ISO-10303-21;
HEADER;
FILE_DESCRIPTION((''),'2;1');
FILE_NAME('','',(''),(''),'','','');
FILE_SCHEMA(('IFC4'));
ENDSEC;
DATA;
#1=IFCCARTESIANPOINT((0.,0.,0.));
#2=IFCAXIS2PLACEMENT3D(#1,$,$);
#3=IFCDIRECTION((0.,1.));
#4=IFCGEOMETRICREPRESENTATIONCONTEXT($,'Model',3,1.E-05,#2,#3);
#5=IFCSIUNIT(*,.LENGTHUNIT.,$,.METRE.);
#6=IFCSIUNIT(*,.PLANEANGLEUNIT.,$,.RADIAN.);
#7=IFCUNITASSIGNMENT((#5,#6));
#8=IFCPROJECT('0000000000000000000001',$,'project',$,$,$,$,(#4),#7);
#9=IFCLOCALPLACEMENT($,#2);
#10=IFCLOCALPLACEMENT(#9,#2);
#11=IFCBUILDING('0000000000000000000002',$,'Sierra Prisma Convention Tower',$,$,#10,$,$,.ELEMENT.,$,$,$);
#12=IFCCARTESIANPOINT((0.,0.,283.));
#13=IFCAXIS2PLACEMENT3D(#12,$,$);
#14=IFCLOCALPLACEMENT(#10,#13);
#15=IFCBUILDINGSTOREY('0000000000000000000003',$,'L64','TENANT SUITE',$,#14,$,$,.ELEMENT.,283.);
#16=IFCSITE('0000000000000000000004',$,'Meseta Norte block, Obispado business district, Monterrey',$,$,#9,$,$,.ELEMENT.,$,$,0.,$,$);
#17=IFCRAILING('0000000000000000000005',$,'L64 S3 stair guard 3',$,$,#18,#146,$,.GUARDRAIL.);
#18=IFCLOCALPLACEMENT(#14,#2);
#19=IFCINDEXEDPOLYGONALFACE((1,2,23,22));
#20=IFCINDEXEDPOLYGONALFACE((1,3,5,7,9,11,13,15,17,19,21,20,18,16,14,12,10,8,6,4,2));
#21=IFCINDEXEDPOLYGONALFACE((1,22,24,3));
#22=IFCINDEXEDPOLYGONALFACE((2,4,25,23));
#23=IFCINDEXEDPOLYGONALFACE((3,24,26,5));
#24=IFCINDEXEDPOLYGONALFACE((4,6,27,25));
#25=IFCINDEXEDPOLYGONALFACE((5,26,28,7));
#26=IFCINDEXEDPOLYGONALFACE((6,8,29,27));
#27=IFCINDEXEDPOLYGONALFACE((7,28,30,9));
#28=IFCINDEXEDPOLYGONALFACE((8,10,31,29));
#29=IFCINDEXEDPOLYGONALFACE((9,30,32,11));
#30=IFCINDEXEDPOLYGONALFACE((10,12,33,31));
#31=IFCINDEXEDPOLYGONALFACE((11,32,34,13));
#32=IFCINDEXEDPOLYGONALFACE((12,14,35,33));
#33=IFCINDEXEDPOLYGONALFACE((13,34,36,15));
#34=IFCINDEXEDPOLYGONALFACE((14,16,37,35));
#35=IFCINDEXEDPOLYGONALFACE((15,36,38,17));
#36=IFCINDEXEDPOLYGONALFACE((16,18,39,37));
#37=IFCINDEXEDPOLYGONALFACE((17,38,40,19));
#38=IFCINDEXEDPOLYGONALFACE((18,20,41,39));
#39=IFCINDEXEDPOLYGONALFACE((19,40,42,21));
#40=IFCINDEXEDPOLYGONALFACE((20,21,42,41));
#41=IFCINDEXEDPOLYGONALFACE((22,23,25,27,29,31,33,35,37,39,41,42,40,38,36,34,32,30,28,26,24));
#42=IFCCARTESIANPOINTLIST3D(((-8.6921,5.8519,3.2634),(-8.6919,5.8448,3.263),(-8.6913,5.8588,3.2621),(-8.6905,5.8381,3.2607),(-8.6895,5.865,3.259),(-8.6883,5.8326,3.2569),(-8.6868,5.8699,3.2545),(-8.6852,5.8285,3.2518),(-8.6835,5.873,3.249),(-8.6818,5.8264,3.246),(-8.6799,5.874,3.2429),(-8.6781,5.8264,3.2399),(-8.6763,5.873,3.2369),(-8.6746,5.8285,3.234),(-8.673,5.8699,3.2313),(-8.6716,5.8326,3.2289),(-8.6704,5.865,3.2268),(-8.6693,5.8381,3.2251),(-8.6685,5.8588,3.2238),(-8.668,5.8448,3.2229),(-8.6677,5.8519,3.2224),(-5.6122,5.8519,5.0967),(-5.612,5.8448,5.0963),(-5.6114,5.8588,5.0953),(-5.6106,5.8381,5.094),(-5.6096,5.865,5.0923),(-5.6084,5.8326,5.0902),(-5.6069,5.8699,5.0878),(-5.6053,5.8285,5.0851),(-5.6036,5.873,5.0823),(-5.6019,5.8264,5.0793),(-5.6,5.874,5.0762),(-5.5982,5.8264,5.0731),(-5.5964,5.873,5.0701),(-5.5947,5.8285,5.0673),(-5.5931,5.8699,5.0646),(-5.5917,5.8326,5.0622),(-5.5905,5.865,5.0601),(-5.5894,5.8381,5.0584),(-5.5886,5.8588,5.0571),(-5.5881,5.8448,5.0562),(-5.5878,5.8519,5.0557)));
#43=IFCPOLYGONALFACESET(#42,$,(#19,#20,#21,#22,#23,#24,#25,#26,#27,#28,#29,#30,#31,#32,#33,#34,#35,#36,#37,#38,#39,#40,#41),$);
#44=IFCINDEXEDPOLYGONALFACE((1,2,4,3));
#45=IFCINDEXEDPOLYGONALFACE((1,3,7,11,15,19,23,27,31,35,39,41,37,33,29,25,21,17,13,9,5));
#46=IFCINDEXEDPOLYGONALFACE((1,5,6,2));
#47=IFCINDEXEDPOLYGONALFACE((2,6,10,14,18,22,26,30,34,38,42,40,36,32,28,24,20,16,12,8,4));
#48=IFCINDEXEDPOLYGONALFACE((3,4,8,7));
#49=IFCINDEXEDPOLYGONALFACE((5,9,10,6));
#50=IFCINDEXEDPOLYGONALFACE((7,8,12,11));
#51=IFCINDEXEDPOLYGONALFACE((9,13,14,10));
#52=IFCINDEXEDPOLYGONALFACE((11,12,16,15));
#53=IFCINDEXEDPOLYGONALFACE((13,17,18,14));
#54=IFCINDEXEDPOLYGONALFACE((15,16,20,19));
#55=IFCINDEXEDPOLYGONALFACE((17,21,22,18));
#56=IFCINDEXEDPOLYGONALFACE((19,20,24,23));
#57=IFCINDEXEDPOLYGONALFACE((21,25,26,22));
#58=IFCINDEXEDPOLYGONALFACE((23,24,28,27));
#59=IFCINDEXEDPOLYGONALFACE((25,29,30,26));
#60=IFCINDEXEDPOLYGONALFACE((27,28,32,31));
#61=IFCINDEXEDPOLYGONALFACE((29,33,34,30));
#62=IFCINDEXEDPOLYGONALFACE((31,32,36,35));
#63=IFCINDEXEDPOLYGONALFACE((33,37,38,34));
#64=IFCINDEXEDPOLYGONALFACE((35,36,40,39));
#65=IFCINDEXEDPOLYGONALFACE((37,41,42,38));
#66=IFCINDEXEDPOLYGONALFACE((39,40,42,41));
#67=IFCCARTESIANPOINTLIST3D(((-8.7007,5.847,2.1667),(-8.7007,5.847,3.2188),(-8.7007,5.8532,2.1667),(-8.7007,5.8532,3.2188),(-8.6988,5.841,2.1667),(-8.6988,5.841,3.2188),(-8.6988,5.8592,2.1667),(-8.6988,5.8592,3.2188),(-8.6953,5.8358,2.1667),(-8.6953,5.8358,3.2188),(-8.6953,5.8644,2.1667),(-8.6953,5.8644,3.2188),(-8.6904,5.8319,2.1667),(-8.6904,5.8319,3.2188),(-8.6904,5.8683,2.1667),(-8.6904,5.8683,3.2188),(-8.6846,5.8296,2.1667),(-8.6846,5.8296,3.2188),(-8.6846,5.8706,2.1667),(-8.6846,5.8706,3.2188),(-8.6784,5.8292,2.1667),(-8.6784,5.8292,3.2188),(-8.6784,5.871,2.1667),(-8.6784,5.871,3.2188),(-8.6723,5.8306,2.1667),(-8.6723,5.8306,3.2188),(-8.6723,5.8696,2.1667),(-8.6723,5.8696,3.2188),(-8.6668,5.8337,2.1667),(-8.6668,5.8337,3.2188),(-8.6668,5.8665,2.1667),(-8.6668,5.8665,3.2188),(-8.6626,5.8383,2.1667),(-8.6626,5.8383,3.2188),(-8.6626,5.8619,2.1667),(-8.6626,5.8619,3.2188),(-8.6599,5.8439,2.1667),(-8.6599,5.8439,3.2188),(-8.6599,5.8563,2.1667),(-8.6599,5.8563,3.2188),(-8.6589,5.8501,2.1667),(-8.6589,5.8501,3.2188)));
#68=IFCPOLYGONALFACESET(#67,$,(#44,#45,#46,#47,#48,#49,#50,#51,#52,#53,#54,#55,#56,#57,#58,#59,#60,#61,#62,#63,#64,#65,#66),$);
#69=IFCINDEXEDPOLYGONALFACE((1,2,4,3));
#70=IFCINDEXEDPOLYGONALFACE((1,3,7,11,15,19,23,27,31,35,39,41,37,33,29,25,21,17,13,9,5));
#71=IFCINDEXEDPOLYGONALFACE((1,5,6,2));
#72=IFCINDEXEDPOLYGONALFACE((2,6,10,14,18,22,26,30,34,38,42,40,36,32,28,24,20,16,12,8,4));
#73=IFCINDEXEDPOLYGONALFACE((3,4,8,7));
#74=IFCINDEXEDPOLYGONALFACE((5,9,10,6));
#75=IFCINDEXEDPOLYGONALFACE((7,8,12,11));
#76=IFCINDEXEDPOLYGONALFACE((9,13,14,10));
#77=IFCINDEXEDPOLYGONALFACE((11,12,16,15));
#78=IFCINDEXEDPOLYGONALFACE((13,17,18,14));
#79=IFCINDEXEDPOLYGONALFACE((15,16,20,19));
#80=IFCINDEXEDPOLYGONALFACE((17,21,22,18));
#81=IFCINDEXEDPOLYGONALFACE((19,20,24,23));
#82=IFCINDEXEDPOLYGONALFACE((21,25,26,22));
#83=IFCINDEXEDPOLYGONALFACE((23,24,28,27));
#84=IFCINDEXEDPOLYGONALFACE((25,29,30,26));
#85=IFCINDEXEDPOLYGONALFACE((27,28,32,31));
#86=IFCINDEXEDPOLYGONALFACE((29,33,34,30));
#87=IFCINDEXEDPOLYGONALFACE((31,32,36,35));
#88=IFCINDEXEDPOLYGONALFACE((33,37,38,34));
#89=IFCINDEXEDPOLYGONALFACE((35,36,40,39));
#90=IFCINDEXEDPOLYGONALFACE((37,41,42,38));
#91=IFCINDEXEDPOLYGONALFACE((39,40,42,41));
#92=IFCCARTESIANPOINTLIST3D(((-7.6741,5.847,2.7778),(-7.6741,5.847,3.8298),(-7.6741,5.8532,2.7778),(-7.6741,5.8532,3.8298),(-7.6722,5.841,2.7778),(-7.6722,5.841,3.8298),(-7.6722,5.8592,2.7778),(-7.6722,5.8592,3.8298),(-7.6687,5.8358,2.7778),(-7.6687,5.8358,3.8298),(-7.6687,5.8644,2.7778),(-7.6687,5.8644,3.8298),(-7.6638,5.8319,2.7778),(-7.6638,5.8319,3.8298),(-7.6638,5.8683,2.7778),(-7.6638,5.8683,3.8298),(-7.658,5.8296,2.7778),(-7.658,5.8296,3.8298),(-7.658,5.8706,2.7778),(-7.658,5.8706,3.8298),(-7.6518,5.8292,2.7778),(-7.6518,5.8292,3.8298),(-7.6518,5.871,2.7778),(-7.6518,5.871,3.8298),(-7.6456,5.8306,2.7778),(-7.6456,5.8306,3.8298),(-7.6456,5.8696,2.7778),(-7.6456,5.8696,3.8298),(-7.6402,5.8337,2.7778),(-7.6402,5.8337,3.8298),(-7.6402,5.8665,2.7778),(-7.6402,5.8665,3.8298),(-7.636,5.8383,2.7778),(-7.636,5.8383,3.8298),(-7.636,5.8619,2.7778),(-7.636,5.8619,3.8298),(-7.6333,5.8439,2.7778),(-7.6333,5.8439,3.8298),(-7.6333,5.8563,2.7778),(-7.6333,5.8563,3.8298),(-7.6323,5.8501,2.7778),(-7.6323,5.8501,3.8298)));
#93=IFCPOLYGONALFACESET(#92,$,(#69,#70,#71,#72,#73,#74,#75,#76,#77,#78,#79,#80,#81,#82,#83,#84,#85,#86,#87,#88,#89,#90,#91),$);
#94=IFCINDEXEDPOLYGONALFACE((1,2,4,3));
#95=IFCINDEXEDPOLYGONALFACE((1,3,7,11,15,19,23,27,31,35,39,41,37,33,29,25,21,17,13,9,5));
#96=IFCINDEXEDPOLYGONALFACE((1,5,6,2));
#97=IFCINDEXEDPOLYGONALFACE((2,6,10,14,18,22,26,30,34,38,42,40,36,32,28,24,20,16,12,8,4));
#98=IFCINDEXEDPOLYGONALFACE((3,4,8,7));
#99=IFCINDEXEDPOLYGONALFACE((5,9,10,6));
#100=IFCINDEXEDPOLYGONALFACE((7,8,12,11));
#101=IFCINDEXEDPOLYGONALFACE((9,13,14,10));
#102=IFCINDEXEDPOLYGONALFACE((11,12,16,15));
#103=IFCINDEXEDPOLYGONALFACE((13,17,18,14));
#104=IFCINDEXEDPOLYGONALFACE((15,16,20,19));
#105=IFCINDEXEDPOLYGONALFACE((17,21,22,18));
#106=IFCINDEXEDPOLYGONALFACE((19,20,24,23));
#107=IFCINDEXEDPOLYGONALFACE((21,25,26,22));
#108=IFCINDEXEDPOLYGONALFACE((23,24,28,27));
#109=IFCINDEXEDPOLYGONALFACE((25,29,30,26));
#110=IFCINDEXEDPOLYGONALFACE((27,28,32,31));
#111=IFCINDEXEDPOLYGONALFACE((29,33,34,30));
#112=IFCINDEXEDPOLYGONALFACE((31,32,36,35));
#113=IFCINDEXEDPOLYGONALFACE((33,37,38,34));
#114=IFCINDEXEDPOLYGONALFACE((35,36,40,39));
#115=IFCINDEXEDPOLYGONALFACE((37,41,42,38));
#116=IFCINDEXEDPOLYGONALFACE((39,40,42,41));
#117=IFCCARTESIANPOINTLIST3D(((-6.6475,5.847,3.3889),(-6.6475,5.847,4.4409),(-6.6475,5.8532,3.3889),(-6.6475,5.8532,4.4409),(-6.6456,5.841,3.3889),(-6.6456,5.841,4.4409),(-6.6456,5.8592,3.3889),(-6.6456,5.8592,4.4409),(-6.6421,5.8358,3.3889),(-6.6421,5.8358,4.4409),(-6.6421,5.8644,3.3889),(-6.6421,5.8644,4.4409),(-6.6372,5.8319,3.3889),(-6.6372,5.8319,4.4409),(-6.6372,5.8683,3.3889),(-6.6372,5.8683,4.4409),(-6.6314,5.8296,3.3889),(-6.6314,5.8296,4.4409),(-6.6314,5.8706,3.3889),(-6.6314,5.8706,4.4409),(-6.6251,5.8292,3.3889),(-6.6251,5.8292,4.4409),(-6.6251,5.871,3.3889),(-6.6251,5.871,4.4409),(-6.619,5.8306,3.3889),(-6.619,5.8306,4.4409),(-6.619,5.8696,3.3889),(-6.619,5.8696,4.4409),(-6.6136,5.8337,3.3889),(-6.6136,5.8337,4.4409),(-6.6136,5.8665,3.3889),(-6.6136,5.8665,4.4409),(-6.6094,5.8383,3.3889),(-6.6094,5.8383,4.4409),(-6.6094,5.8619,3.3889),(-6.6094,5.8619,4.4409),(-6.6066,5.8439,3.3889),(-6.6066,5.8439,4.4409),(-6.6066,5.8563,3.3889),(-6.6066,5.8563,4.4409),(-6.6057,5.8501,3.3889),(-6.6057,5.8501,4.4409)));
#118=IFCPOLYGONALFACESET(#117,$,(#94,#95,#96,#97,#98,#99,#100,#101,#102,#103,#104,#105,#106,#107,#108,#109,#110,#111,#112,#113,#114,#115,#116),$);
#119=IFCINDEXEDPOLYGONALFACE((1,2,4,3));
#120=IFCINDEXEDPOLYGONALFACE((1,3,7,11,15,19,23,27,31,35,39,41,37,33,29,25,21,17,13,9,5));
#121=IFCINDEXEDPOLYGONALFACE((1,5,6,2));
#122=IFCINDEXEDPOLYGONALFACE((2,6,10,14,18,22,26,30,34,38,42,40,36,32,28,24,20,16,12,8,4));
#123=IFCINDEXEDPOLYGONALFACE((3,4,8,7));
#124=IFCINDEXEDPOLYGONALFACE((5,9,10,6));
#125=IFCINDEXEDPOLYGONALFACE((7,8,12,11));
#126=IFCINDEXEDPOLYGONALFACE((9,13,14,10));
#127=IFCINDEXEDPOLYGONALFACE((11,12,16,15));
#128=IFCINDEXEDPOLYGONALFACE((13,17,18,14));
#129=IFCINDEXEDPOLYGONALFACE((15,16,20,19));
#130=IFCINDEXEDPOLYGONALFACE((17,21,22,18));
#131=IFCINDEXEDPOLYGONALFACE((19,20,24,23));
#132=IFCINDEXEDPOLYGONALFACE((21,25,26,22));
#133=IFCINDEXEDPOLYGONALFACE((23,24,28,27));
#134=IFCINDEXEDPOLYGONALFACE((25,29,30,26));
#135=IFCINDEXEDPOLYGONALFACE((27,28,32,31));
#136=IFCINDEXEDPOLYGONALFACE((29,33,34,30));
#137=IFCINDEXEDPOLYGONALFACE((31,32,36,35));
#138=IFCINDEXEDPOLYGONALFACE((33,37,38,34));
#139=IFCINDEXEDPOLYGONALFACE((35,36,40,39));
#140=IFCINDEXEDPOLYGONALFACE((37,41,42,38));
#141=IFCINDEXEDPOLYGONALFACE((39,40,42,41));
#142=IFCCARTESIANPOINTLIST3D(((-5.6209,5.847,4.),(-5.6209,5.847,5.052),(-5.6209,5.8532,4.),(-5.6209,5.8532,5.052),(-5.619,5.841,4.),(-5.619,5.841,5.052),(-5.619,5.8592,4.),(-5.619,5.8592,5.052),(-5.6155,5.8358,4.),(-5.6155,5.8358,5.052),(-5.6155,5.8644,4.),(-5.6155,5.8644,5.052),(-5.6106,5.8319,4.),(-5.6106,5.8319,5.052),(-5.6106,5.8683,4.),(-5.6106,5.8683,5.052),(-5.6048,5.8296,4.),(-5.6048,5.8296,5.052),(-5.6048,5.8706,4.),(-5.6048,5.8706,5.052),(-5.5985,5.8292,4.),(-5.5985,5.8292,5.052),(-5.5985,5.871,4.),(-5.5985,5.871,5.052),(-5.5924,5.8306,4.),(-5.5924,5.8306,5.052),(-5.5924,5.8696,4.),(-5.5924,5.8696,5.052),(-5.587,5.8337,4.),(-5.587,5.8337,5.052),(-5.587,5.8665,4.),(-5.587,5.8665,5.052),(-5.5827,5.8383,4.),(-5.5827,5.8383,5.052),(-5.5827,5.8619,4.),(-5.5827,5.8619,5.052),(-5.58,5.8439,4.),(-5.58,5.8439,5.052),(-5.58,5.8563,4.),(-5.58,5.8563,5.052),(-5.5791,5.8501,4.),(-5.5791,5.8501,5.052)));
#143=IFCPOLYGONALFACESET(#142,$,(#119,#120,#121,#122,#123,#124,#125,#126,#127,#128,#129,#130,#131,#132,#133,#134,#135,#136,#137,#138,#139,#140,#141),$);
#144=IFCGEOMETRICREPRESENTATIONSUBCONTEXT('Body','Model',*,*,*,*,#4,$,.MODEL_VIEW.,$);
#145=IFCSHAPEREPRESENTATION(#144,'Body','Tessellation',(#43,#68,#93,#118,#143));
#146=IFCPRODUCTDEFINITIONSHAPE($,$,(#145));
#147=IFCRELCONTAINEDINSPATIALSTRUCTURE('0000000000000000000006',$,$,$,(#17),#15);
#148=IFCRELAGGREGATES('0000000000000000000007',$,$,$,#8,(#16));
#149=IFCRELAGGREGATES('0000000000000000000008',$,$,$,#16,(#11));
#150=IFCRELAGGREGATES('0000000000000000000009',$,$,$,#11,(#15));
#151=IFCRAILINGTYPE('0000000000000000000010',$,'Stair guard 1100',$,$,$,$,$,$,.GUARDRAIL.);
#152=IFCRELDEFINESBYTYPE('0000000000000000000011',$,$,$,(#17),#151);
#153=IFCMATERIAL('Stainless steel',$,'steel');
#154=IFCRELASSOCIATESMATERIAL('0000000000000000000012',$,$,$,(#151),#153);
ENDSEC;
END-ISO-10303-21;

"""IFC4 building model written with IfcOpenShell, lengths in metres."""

from ifc_helpers import new_model, si_unit, direction, frame, origin, origin_2d, place, context, subcontext, project, spatial, circle, extrude, material, type_object, element, save


model = new_model("IFC4")

# Units and contexts
model_context = context("Model", 3, precision=1e-05, world=origin(), true_north=direction((0.0, 1.0)))
body_context = subcontext(model_context, "Body", "Model", "MODEL_VIEW")
ifc_project = project(units=[si_unit("LENGTHUNIT", "METRE"), si_unit("PLANEANGLEUNIT", "RADIAN")], contexts=[model_context])

# Site, building, storey
site_placement = place(None, origin())
site = spatial("IfcSite", under=ifc_project, at=site_placement, Name="Meseta Norte block, Obispado business district, Monterrey", CompositionType="ELEMENT", RefElevation=0.0)
building_placement = place(site_placement, origin())
building = spatial("IfcBuilding", under=site, at=building_placement, Name="Sierra Prisma Convention Tower", CompositionType="ELEMENT")
storey_placement = place(building_placement, frame((0.0, 0.0, 283.0)))
storey = spatial("IfcBuildingStorey", under=building, at=storey_placement, Name="L64", Description="TENANT SUITE", CompositionType="ELEMENT", Elevation=283.0)

# Railing
ifc_material_1 = material(Name="Stainless steel", Category="steel")
railing_type_1 = type_object("IfcRailingType", Name="Stair guard 1100", PredefinedType="GUARDRAIL", material=ifc_material_1)
railing_1_placement = place(storey_placement, frame((-8.6799, 5.8501, 2.1667)))
element("IfcRailing", 1, at=railing_1_placement, inside=storey, type_object=railing_type_1, Name="L64 S3 stair guard 3", PredefinedType="GUARDRAIL", context=body_context, shape_type="SweptSolid", body=[
    extrude(circle(Radius=0.0239, at=origin_2d()), frame((0.0, 0.0, 1.0762), z_axis=(0.859291, 0.0, 0.511487), x_axis=(0.0, 1.0, 0.0)), (0.0, 0.0, 1.0), 3.5842),
    extrude(circle(Radius=0.021, at=origin_2d()), origin(), (0.0, 0.0, 1.0), 1.052),
    extrude(circle(Radius=0.021, at=origin_2d()), frame((1.0266, 0.0, 0.6111)), (0.0, 0.0, 1.0), 1.052),
    extrude(circle(Radius=0.021, at=origin_2d()), frame((2.0532, 0.0, 1.2222)), (0.0, 0.0, 1.0), 1.052),
    extrude(circle(Radius=0.021, at=origin_2d()), frame((3.0798, 0.0, 1.8333)), (0.0, 0.0, 1.0), 1.052),
])

save(model, "model.ifc")
